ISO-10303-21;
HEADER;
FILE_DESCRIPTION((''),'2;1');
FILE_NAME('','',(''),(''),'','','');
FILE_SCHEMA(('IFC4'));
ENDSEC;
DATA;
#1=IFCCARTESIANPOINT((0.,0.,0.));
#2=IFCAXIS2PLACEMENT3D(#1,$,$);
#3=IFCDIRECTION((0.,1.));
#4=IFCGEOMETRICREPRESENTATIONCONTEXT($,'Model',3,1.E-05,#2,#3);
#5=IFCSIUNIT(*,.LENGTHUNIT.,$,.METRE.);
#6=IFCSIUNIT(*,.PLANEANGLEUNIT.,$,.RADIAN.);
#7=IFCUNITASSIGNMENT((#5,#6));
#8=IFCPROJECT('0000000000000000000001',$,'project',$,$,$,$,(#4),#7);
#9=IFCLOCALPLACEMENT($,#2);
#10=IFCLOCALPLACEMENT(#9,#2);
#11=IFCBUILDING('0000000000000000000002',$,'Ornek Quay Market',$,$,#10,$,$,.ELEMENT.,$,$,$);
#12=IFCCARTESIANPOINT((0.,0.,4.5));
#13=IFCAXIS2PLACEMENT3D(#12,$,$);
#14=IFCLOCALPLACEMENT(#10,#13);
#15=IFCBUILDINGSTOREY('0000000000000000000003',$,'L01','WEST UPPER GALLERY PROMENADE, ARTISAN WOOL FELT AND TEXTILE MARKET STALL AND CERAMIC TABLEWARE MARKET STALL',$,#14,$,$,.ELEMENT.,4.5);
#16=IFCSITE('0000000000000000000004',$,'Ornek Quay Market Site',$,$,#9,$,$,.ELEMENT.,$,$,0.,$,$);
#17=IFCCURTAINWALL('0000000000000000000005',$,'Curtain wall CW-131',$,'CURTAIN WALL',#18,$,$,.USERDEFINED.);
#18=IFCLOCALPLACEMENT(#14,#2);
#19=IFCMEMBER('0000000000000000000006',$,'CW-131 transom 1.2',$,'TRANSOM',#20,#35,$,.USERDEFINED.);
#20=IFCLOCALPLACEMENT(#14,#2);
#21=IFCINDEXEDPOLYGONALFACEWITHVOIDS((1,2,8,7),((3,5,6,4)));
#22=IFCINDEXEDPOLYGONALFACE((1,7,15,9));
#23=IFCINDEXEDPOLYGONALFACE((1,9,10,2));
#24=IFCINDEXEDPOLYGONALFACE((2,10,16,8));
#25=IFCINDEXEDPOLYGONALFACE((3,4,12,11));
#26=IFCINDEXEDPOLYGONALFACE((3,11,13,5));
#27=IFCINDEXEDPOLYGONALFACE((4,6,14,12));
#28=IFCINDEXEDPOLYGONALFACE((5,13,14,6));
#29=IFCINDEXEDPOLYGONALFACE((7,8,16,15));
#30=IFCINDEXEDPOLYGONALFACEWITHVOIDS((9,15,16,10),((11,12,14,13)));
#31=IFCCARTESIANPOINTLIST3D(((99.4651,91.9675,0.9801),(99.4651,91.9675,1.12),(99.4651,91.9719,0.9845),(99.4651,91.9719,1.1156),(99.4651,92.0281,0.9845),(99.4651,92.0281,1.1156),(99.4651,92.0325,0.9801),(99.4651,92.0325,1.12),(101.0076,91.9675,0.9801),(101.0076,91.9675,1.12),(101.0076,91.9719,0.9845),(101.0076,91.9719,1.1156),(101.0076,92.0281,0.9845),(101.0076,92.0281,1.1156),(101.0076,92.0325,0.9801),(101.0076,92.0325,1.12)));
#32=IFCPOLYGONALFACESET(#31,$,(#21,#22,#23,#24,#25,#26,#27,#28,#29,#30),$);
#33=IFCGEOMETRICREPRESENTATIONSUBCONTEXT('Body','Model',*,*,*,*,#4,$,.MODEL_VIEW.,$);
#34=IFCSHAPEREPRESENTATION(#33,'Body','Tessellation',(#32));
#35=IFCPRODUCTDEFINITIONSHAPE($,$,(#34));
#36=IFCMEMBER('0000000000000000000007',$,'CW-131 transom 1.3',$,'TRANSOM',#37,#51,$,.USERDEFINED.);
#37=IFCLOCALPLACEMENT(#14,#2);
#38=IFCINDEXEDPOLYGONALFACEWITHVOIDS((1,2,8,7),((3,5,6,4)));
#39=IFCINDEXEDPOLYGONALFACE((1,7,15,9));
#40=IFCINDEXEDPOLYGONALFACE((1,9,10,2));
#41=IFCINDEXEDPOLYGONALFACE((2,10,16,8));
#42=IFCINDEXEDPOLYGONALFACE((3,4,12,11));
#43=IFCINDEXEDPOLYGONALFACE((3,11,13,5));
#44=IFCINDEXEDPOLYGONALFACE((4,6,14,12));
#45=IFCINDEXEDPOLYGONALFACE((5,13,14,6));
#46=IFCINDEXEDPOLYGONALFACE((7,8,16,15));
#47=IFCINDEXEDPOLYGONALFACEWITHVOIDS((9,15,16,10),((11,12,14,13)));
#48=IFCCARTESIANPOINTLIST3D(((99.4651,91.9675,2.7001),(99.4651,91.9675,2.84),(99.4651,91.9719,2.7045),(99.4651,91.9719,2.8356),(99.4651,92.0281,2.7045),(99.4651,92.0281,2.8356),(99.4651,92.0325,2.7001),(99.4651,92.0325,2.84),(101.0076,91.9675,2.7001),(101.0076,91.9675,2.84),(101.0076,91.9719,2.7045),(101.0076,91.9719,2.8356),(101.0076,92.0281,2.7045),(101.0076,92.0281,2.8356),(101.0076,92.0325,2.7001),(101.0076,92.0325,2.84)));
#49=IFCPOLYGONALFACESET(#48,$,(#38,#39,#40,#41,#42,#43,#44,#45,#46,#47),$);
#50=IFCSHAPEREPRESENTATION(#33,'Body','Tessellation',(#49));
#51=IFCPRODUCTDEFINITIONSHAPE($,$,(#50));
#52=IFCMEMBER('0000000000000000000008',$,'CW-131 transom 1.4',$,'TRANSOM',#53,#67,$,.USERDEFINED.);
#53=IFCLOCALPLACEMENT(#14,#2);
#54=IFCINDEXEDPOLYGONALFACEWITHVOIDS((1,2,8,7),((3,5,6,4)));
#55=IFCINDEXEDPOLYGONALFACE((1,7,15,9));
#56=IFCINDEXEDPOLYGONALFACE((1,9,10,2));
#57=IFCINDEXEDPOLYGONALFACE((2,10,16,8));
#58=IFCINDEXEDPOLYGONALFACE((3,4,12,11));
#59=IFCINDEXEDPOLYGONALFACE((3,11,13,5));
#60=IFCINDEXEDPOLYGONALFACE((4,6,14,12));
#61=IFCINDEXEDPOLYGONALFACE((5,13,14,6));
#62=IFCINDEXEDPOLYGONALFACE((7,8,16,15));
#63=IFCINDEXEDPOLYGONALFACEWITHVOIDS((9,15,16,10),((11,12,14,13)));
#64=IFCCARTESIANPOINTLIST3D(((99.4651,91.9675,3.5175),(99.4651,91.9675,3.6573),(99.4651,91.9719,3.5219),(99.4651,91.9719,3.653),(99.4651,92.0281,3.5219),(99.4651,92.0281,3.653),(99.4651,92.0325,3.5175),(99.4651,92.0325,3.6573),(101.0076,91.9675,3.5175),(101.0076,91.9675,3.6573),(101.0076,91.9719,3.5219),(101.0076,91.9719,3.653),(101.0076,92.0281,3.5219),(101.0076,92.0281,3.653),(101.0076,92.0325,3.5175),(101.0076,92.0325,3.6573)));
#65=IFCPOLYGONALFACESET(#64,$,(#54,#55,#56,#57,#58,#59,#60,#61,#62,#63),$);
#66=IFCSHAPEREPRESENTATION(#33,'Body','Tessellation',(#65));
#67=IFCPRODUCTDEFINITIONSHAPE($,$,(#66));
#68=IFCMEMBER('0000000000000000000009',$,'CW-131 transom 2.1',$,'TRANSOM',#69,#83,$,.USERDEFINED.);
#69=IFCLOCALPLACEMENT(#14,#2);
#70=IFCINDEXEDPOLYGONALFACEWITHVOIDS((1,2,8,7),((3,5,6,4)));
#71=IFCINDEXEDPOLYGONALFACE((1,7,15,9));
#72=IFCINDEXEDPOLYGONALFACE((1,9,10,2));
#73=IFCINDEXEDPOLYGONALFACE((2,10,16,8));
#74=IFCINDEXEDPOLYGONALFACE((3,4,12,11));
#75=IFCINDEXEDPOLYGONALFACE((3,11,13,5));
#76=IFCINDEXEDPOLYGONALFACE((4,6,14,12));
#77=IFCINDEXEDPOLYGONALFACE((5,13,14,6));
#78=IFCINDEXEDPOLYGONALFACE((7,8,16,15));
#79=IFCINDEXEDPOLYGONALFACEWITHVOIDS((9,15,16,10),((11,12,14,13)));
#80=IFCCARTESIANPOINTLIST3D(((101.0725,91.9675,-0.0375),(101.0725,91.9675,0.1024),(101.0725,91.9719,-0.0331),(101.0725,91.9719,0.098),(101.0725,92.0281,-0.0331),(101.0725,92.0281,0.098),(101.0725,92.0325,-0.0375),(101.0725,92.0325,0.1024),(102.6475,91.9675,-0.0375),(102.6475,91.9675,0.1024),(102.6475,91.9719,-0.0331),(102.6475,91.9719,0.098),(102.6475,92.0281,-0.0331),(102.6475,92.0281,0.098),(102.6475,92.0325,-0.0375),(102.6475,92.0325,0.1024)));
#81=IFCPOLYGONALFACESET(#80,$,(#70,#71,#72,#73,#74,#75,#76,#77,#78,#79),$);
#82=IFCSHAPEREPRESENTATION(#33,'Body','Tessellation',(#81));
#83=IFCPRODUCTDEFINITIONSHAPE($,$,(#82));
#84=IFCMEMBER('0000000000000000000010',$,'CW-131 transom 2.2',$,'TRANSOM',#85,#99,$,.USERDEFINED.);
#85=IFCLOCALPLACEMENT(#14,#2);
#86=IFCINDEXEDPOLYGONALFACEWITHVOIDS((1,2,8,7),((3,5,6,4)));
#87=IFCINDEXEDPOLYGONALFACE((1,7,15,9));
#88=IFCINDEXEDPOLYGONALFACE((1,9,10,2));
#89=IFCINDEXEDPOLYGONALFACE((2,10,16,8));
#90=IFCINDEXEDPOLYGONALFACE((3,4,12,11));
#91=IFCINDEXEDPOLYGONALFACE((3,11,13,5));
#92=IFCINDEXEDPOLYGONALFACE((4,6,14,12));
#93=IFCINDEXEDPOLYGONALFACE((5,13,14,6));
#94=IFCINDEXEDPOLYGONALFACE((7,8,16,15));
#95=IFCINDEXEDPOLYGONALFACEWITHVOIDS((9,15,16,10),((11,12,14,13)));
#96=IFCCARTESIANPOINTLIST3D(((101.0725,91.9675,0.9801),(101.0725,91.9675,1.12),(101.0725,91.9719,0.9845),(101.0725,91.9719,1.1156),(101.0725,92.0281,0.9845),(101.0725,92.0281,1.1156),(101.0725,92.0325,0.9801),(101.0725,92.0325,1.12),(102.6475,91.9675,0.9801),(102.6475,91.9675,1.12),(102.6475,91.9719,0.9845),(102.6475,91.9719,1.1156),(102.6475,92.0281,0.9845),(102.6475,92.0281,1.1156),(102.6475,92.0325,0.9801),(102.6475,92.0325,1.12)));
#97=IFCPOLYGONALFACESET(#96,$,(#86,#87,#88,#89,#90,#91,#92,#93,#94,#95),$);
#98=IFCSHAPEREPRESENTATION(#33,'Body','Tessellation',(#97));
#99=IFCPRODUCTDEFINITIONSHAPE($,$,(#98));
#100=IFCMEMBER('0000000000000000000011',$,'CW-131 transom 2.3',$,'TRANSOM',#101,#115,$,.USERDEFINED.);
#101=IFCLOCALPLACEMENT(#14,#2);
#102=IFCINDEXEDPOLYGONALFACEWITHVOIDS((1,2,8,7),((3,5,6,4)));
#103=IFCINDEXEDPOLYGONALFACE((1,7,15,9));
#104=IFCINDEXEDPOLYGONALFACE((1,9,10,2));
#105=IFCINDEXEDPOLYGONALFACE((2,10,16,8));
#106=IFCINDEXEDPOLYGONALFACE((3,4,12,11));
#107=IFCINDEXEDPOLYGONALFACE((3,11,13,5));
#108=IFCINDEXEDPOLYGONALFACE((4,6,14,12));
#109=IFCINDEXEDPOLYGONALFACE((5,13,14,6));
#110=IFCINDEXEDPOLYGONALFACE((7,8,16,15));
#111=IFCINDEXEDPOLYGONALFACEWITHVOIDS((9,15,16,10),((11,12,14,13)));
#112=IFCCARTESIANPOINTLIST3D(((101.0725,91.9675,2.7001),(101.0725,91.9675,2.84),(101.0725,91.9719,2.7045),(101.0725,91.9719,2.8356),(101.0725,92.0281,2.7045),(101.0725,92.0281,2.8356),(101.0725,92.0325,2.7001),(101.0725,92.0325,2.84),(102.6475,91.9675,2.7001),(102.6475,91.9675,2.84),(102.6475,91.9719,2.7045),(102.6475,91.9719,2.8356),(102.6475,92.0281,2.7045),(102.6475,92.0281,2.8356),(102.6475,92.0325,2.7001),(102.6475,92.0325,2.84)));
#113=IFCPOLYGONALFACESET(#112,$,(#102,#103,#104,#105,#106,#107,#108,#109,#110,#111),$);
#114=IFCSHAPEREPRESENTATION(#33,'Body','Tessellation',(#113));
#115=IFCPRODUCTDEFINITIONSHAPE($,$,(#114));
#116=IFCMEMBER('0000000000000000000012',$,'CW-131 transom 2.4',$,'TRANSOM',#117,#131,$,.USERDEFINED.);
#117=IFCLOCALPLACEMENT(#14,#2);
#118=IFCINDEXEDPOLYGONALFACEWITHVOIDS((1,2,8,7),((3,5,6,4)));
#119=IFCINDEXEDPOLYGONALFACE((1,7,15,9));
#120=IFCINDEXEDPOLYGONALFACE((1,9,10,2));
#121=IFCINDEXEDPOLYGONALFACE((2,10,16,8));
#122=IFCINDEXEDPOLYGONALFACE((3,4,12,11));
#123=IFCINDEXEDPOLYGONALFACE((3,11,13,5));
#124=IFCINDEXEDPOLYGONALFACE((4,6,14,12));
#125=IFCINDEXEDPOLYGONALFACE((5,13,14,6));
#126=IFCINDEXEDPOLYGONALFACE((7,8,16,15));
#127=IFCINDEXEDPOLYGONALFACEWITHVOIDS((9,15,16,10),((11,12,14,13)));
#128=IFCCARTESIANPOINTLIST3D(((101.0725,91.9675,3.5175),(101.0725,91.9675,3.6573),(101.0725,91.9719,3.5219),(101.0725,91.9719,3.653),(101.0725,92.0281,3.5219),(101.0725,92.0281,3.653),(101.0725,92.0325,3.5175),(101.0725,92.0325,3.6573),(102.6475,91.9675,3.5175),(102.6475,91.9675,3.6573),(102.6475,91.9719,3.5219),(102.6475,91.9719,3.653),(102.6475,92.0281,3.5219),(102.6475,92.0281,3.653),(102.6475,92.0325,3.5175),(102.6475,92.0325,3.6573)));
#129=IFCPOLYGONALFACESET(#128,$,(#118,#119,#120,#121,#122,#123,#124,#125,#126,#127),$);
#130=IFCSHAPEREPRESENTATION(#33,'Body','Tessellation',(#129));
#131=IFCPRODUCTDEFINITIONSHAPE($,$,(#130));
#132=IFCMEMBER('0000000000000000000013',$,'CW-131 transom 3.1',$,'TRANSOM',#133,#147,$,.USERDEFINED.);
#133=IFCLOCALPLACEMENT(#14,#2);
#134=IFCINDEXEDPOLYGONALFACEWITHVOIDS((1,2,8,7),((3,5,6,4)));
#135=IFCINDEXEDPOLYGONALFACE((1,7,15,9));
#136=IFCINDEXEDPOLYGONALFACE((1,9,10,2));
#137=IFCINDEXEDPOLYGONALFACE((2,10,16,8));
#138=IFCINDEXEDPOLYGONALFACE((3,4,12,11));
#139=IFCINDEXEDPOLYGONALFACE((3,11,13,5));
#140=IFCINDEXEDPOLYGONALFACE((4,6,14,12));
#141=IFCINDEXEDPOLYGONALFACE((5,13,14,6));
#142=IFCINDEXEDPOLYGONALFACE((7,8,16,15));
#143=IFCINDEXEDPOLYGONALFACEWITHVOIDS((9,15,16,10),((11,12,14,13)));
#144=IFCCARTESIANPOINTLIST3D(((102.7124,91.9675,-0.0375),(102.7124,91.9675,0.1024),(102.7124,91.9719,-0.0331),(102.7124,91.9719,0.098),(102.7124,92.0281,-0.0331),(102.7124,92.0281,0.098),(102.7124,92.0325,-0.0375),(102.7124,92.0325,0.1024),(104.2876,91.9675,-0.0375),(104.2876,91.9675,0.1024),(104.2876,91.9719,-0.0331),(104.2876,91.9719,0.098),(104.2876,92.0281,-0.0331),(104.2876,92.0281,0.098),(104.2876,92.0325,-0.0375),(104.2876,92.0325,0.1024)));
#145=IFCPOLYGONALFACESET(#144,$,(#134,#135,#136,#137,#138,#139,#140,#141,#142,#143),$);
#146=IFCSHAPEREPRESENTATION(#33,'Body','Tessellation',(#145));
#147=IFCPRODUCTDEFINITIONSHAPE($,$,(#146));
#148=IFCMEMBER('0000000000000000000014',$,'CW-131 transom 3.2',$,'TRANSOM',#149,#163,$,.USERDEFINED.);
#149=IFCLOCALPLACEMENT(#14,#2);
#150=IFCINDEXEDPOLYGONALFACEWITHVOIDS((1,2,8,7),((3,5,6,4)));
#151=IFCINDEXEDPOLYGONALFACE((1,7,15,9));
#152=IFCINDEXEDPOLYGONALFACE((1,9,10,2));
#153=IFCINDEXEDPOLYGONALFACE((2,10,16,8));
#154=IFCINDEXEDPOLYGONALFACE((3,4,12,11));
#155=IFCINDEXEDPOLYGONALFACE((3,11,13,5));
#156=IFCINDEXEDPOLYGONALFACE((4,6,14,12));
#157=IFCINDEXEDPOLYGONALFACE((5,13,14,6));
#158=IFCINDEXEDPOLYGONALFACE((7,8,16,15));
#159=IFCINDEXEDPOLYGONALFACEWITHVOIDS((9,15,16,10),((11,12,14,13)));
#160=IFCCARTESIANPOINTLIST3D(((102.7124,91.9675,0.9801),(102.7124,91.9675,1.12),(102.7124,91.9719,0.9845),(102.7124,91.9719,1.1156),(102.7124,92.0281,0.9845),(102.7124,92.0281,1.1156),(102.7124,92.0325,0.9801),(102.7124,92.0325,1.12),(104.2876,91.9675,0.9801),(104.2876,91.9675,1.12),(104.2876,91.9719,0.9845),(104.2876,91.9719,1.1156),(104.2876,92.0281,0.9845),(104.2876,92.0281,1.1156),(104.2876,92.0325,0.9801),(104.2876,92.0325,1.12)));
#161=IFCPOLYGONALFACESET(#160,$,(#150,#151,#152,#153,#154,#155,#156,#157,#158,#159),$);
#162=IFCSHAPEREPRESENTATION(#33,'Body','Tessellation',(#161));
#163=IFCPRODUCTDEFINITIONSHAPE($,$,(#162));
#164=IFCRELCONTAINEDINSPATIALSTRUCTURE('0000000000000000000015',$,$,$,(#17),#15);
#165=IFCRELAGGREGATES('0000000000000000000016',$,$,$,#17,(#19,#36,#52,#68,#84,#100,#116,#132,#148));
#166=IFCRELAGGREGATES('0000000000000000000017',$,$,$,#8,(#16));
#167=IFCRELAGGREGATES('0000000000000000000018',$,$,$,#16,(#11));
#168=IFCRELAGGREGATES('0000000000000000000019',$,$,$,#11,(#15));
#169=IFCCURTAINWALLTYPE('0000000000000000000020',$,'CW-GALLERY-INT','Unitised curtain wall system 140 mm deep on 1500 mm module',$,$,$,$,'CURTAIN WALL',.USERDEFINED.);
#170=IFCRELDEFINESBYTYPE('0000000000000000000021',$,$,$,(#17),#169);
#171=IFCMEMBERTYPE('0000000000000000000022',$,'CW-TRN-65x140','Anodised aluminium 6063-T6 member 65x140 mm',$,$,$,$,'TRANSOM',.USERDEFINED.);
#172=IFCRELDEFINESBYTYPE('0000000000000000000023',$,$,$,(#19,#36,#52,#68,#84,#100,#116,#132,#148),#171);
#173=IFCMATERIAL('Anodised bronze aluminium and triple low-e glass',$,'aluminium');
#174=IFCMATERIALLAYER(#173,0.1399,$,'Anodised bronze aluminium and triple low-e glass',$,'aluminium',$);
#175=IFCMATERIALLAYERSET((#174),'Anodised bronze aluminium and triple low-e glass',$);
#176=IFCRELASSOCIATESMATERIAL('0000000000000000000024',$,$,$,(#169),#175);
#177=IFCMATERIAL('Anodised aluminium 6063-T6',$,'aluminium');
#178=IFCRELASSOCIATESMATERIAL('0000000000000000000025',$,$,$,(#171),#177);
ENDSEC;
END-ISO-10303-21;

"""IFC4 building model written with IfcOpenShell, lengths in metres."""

from ifc_helpers import new_model, si_unit, direction, frame, origin, origin_2d, place, context, subcontext, project, spatial, hollow_rectangle, extrude, material, layer, layer_set, material_profile, profile_set, type_object, element, aggregate, save


model = new_model("IFC4")

# Units and contexts
model_context = context("Model", 3, precision=1e-05, world=origin(), true_north=direction((0.0, 1.0)))
body_context = subcontext(model_context, "Body", "Model", "MODEL_VIEW")
ifc_project = project(units=[si_unit("LENGTHUNIT", "METRE"), si_unit("PLANEANGLEUNIT", "RADIAN")], contexts=[model_context])

# Site, building, storey
site_placement = place(None, origin())
site = spatial("IfcSite", under=ifc_project, at=site_placement, Name="Ornek Quay Market Site", CompositionType="ELEMENT", RefElevation=0.0)
building_placement = place(site_placement, origin())
building = spatial("IfcBuilding", under=site, at=building_placement, Name="Ornek Quay Market", CompositionType="ELEMENT")
storey_placement = place(building_placement, frame((0.0, 0.0, 4.5)))
storey = spatial("IfcBuildingStorey", under=building, at=storey_placement, Name="L01", Description="WEST UPPER GALLERY PROMENADE, ARTISAN WOOL FELT AND TEXTILE MARKET STALL AND CERAMIC TABLEWARE MARKET STALL", CompositionType="ELEMENT", Elevation=4.5)

# Curtain wall
ifc_material_1 = material(Name="Anodised bronze aluminium and triple low-e glass", Category="aluminium")
ifc_layer_1 = layer(ifc_material_1, 0.1399, Name="Anodised bronze aluminium and triple low-e glass", Category="aluminium")
ifc_layer_set_1 = layer_set([ifc_layer_1], Name="Anodised bronze aluminium and triple low-e glass")
curtain_wall_type = type_object("IfcCurtainWallType", Name="CW-GALLERY-INT", Description="Unitised curtain wall system 140 mm deep on 1500 mm module", ElementType="CURTAIN WALL", PredefinedType="USERDEFINED", material=ifc_layer_set_1)
ifc_material_2 = material(Name="Anodised aluminium 6063-T6", Category="aluminium")
curtain_wall_1_placement = place(storey_placement, origin())
curtain_wall_1 = element("IfcCurtainWall", 1, at=curtain_wall_1_placement, inside=storey, type_object=curtain_wall_type, Name="Curtain wall CW-131", ObjectType="CURTAIN WALL", PredefinedType="USERDEFINED")

# Members
ifc_material_profile_1 = material_profile(ifc_material_2, hollow_rectangle(XDim=0.0649, YDim=0.1399, WallThickness=0.0044, at=origin_2d()), Name="CW-TRN-65x140", Category="aluminium")
ifc_profile_set_1 = profile_set([ifc_material_profile_1], Name="Anodised aluminium 6063-T6")
member_type_1 = type_object("IfcMemberType", Name="CW-TRN-65x140", Description="Anodised aluminium 6063-T6 member 65x140 mm", ElementType="TRANSOM", PredefinedType="USERDEFINED", material=ifc_profile_set_1)
member_1_placement = place(storey_placement, frame((99.4651, 92.0, 1.05), z_axis=(1.0, 0.0, 0.0), x_axis=(0.0, 1.0, 0.0)))
member_1 = element("IfcMember", 2, at=member_1_placement, type_object=member_type_1, Name="CW-131 transom 1.2", ObjectType="TRANSOM", PredefinedType="USERDEFINED", context=body_context, shape_type="SweptSolid", body=[
    extrude(hollow_rectangle(XDim=0.0649, YDim=0.1399, WallThickness=0.0044, at=origin_2d()), origin(), (0.0, 0.0, 1.0), 1.5425),
])
member_2_placement = place(storey_placement, frame((99.4651, 92.0, 2.77), z_axis=(1.0, 0.0, 0.0), x_axis=(0.0, 1.0, 0.0)))
member_2 = element("IfcMember", 3, at=member_2_placement, type_object=member_type_1, Name="CW-131 transom 1.3", ObjectType="TRANSOM", PredefinedType="USERDEFINED", context=body_context, shape_type="SweptSolid", body=[
    extrude(hollow_rectangle(XDim=0.0649, YDim=0.1399, WallThickness=0.0044, at=origin_2d()), origin(), (0.0, 0.0, 1.0), 1.5425),
])
member_3_placement = place(storey_placement, frame((99.4651, 92.0, 3.5874), z_axis=(1.0, 0.0, 0.0), x_axis=(0.0, 1.0, 0.0)))
member_3 = element("IfcMember", 4, at=member_3_placement, type_object=member_type_1, Name="CW-131 transom 1.4", ObjectType="TRANSOM", PredefinedType="USERDEFINED", context=body_context, shape_type="SweptSolid", body=[
    extrude(hollow_rectangle(XDim=0.0649, YDim=0.1399, WallThickness=0.0044, at=origin_2d()), origin(), (0.0, 0.0, 1.0), 1.5425),
])
member_4_placement = place(storey_placement, frame((101.0725, 92.0, 0.0325), z_axis=(1.0, 0.0, 0.0), x_axis=(0.0, 1.0, 0.0)))
member_4 = element("IfcMember", 5, at=member_4_placement, type_object=member_type_1, Name="CW-131 transom 2.1", ObjectType="TRANSOM", PredefinedType="USERDEFINED", context=body_context, shape_type="SweptSolid", body=[
    extrude(hollow_rectangle(XDim=0.0649, YDim=0.1399, WallThickness=0.0044, at=origin_2d()), origin(), (0.0, 0.0, 1.0), 1.575),
])
member_5_placement = place(storey_placement, frame((101.0725, 92.0, 1.05), z_axis=(1.0, 0.0, 0.0), x_axis=(0.0, 1.0, 0.0)))
member_5 = element("IfcMember", 6, at=member_5_placement, type_object=member_type_1, Name="CW-131 transom 2.2", ObjectType="TRANSOM", PredefinedType="USERDEFINED", context=body_context, shape_type="SweptSolid", body=[
    extrude(hollow_rectangle(XDim=0.0649, YDim=0.1399, WallThickness=0.0044, at=origin_2d()), origin(), (0.0, 0.0, 1.0), 1.575),
])
member_6_placement = place(storey_placement, frame((101.0725, 92.0, 2.77), z_axis=(1.0, 0.0, 0.0), x_axis=(0.0, 1.0, 0.0)))
member_6 = element("IfcMember", 7, at=member_6_placement, type_object=member_type_1, Name="CW-131 transom 2.3", ObjectType="TRANSOM", PredefinedType="USERDEFINED", context=body_context, shape_type="SweptSolid", body=[
    extrude(hollow_rectangle(XDim=0.0649, YDim=0.1399, WallThickness=0.0044, at=origin_2d()), origin(), (0.0, 0.0, 1.0), 1.575),
])
member_7_placement = place(storey_placement, frame((101.0725, 92.0, 3.5874), z_axis=(1.0, 0.0, 0.0), x_axis=(0.0, 1.0, 0.0)))
member_7 = element("IfcMember", 8, at=member_7_placement, type_object=member_type_1, Name="CW-131 transom 2.4", ObjectType="TRANSOM", PredefinedType="USERDEFINED", context=body_context, shape_type="SweptSolid", body=[
    extrude(hollow_rectangle(XDim=0.0649, YDim=0.1399, WallThickness=0.0044, at=origin_2d()), origin(), (0.0, 0.0, 1.0), 1.575),
])
member_8_placement = place(storey_placement, frame((102.7124, 92.0, 0.0325), z_axis=(1.0, 0.0, 0.0), x_axis=(0.0, 1.0, 0.0)))
member_8 = element("IfcMember", 9, at=member_8_placement, type_object=member_type_1, Name="CW-131 transom 3.1", ObjectType="TRANSOM", PredefinedType="USERDEFINED", context=body_context, shape_type="SweptSolid", body=[
    extrude(hollow_rectangle(XDim=0.0649, YDim=0.1399, WallThickness=0.0044, at=origin_2d()), origin(), (0.0, 0.0, 1.0), 1.5752),
])
member_9_placement = place(storey_placement, frame((102.7124, 92.0, 1.05), z_axis=(1.0, 0.0, 0.0), x_axis=(0.0, 1.0, 0.0)))
member_9 = element("IfcMember", 10, at=member_9_placement, type_object=member_type_1, Name="CW-131 transom 3.2", ObjectType="TRANSOM", PredefinedType="USERDEFINED", context=body_context, shape_type="SweptSolid", body=[
    extrude(hollow_rectangle(XDim=0.0649, YDim=0.1399, WallThickness=0.0044, at=origin_2d()), origin(), (0.0, 0.0, 1.0), 1.5752),
])

aggregate(curtain_wall_1, [member_1, member_2, member_3, member_4, member_5, member_6, member_7, member_8, member_9])

save(model, "model.ifc")
